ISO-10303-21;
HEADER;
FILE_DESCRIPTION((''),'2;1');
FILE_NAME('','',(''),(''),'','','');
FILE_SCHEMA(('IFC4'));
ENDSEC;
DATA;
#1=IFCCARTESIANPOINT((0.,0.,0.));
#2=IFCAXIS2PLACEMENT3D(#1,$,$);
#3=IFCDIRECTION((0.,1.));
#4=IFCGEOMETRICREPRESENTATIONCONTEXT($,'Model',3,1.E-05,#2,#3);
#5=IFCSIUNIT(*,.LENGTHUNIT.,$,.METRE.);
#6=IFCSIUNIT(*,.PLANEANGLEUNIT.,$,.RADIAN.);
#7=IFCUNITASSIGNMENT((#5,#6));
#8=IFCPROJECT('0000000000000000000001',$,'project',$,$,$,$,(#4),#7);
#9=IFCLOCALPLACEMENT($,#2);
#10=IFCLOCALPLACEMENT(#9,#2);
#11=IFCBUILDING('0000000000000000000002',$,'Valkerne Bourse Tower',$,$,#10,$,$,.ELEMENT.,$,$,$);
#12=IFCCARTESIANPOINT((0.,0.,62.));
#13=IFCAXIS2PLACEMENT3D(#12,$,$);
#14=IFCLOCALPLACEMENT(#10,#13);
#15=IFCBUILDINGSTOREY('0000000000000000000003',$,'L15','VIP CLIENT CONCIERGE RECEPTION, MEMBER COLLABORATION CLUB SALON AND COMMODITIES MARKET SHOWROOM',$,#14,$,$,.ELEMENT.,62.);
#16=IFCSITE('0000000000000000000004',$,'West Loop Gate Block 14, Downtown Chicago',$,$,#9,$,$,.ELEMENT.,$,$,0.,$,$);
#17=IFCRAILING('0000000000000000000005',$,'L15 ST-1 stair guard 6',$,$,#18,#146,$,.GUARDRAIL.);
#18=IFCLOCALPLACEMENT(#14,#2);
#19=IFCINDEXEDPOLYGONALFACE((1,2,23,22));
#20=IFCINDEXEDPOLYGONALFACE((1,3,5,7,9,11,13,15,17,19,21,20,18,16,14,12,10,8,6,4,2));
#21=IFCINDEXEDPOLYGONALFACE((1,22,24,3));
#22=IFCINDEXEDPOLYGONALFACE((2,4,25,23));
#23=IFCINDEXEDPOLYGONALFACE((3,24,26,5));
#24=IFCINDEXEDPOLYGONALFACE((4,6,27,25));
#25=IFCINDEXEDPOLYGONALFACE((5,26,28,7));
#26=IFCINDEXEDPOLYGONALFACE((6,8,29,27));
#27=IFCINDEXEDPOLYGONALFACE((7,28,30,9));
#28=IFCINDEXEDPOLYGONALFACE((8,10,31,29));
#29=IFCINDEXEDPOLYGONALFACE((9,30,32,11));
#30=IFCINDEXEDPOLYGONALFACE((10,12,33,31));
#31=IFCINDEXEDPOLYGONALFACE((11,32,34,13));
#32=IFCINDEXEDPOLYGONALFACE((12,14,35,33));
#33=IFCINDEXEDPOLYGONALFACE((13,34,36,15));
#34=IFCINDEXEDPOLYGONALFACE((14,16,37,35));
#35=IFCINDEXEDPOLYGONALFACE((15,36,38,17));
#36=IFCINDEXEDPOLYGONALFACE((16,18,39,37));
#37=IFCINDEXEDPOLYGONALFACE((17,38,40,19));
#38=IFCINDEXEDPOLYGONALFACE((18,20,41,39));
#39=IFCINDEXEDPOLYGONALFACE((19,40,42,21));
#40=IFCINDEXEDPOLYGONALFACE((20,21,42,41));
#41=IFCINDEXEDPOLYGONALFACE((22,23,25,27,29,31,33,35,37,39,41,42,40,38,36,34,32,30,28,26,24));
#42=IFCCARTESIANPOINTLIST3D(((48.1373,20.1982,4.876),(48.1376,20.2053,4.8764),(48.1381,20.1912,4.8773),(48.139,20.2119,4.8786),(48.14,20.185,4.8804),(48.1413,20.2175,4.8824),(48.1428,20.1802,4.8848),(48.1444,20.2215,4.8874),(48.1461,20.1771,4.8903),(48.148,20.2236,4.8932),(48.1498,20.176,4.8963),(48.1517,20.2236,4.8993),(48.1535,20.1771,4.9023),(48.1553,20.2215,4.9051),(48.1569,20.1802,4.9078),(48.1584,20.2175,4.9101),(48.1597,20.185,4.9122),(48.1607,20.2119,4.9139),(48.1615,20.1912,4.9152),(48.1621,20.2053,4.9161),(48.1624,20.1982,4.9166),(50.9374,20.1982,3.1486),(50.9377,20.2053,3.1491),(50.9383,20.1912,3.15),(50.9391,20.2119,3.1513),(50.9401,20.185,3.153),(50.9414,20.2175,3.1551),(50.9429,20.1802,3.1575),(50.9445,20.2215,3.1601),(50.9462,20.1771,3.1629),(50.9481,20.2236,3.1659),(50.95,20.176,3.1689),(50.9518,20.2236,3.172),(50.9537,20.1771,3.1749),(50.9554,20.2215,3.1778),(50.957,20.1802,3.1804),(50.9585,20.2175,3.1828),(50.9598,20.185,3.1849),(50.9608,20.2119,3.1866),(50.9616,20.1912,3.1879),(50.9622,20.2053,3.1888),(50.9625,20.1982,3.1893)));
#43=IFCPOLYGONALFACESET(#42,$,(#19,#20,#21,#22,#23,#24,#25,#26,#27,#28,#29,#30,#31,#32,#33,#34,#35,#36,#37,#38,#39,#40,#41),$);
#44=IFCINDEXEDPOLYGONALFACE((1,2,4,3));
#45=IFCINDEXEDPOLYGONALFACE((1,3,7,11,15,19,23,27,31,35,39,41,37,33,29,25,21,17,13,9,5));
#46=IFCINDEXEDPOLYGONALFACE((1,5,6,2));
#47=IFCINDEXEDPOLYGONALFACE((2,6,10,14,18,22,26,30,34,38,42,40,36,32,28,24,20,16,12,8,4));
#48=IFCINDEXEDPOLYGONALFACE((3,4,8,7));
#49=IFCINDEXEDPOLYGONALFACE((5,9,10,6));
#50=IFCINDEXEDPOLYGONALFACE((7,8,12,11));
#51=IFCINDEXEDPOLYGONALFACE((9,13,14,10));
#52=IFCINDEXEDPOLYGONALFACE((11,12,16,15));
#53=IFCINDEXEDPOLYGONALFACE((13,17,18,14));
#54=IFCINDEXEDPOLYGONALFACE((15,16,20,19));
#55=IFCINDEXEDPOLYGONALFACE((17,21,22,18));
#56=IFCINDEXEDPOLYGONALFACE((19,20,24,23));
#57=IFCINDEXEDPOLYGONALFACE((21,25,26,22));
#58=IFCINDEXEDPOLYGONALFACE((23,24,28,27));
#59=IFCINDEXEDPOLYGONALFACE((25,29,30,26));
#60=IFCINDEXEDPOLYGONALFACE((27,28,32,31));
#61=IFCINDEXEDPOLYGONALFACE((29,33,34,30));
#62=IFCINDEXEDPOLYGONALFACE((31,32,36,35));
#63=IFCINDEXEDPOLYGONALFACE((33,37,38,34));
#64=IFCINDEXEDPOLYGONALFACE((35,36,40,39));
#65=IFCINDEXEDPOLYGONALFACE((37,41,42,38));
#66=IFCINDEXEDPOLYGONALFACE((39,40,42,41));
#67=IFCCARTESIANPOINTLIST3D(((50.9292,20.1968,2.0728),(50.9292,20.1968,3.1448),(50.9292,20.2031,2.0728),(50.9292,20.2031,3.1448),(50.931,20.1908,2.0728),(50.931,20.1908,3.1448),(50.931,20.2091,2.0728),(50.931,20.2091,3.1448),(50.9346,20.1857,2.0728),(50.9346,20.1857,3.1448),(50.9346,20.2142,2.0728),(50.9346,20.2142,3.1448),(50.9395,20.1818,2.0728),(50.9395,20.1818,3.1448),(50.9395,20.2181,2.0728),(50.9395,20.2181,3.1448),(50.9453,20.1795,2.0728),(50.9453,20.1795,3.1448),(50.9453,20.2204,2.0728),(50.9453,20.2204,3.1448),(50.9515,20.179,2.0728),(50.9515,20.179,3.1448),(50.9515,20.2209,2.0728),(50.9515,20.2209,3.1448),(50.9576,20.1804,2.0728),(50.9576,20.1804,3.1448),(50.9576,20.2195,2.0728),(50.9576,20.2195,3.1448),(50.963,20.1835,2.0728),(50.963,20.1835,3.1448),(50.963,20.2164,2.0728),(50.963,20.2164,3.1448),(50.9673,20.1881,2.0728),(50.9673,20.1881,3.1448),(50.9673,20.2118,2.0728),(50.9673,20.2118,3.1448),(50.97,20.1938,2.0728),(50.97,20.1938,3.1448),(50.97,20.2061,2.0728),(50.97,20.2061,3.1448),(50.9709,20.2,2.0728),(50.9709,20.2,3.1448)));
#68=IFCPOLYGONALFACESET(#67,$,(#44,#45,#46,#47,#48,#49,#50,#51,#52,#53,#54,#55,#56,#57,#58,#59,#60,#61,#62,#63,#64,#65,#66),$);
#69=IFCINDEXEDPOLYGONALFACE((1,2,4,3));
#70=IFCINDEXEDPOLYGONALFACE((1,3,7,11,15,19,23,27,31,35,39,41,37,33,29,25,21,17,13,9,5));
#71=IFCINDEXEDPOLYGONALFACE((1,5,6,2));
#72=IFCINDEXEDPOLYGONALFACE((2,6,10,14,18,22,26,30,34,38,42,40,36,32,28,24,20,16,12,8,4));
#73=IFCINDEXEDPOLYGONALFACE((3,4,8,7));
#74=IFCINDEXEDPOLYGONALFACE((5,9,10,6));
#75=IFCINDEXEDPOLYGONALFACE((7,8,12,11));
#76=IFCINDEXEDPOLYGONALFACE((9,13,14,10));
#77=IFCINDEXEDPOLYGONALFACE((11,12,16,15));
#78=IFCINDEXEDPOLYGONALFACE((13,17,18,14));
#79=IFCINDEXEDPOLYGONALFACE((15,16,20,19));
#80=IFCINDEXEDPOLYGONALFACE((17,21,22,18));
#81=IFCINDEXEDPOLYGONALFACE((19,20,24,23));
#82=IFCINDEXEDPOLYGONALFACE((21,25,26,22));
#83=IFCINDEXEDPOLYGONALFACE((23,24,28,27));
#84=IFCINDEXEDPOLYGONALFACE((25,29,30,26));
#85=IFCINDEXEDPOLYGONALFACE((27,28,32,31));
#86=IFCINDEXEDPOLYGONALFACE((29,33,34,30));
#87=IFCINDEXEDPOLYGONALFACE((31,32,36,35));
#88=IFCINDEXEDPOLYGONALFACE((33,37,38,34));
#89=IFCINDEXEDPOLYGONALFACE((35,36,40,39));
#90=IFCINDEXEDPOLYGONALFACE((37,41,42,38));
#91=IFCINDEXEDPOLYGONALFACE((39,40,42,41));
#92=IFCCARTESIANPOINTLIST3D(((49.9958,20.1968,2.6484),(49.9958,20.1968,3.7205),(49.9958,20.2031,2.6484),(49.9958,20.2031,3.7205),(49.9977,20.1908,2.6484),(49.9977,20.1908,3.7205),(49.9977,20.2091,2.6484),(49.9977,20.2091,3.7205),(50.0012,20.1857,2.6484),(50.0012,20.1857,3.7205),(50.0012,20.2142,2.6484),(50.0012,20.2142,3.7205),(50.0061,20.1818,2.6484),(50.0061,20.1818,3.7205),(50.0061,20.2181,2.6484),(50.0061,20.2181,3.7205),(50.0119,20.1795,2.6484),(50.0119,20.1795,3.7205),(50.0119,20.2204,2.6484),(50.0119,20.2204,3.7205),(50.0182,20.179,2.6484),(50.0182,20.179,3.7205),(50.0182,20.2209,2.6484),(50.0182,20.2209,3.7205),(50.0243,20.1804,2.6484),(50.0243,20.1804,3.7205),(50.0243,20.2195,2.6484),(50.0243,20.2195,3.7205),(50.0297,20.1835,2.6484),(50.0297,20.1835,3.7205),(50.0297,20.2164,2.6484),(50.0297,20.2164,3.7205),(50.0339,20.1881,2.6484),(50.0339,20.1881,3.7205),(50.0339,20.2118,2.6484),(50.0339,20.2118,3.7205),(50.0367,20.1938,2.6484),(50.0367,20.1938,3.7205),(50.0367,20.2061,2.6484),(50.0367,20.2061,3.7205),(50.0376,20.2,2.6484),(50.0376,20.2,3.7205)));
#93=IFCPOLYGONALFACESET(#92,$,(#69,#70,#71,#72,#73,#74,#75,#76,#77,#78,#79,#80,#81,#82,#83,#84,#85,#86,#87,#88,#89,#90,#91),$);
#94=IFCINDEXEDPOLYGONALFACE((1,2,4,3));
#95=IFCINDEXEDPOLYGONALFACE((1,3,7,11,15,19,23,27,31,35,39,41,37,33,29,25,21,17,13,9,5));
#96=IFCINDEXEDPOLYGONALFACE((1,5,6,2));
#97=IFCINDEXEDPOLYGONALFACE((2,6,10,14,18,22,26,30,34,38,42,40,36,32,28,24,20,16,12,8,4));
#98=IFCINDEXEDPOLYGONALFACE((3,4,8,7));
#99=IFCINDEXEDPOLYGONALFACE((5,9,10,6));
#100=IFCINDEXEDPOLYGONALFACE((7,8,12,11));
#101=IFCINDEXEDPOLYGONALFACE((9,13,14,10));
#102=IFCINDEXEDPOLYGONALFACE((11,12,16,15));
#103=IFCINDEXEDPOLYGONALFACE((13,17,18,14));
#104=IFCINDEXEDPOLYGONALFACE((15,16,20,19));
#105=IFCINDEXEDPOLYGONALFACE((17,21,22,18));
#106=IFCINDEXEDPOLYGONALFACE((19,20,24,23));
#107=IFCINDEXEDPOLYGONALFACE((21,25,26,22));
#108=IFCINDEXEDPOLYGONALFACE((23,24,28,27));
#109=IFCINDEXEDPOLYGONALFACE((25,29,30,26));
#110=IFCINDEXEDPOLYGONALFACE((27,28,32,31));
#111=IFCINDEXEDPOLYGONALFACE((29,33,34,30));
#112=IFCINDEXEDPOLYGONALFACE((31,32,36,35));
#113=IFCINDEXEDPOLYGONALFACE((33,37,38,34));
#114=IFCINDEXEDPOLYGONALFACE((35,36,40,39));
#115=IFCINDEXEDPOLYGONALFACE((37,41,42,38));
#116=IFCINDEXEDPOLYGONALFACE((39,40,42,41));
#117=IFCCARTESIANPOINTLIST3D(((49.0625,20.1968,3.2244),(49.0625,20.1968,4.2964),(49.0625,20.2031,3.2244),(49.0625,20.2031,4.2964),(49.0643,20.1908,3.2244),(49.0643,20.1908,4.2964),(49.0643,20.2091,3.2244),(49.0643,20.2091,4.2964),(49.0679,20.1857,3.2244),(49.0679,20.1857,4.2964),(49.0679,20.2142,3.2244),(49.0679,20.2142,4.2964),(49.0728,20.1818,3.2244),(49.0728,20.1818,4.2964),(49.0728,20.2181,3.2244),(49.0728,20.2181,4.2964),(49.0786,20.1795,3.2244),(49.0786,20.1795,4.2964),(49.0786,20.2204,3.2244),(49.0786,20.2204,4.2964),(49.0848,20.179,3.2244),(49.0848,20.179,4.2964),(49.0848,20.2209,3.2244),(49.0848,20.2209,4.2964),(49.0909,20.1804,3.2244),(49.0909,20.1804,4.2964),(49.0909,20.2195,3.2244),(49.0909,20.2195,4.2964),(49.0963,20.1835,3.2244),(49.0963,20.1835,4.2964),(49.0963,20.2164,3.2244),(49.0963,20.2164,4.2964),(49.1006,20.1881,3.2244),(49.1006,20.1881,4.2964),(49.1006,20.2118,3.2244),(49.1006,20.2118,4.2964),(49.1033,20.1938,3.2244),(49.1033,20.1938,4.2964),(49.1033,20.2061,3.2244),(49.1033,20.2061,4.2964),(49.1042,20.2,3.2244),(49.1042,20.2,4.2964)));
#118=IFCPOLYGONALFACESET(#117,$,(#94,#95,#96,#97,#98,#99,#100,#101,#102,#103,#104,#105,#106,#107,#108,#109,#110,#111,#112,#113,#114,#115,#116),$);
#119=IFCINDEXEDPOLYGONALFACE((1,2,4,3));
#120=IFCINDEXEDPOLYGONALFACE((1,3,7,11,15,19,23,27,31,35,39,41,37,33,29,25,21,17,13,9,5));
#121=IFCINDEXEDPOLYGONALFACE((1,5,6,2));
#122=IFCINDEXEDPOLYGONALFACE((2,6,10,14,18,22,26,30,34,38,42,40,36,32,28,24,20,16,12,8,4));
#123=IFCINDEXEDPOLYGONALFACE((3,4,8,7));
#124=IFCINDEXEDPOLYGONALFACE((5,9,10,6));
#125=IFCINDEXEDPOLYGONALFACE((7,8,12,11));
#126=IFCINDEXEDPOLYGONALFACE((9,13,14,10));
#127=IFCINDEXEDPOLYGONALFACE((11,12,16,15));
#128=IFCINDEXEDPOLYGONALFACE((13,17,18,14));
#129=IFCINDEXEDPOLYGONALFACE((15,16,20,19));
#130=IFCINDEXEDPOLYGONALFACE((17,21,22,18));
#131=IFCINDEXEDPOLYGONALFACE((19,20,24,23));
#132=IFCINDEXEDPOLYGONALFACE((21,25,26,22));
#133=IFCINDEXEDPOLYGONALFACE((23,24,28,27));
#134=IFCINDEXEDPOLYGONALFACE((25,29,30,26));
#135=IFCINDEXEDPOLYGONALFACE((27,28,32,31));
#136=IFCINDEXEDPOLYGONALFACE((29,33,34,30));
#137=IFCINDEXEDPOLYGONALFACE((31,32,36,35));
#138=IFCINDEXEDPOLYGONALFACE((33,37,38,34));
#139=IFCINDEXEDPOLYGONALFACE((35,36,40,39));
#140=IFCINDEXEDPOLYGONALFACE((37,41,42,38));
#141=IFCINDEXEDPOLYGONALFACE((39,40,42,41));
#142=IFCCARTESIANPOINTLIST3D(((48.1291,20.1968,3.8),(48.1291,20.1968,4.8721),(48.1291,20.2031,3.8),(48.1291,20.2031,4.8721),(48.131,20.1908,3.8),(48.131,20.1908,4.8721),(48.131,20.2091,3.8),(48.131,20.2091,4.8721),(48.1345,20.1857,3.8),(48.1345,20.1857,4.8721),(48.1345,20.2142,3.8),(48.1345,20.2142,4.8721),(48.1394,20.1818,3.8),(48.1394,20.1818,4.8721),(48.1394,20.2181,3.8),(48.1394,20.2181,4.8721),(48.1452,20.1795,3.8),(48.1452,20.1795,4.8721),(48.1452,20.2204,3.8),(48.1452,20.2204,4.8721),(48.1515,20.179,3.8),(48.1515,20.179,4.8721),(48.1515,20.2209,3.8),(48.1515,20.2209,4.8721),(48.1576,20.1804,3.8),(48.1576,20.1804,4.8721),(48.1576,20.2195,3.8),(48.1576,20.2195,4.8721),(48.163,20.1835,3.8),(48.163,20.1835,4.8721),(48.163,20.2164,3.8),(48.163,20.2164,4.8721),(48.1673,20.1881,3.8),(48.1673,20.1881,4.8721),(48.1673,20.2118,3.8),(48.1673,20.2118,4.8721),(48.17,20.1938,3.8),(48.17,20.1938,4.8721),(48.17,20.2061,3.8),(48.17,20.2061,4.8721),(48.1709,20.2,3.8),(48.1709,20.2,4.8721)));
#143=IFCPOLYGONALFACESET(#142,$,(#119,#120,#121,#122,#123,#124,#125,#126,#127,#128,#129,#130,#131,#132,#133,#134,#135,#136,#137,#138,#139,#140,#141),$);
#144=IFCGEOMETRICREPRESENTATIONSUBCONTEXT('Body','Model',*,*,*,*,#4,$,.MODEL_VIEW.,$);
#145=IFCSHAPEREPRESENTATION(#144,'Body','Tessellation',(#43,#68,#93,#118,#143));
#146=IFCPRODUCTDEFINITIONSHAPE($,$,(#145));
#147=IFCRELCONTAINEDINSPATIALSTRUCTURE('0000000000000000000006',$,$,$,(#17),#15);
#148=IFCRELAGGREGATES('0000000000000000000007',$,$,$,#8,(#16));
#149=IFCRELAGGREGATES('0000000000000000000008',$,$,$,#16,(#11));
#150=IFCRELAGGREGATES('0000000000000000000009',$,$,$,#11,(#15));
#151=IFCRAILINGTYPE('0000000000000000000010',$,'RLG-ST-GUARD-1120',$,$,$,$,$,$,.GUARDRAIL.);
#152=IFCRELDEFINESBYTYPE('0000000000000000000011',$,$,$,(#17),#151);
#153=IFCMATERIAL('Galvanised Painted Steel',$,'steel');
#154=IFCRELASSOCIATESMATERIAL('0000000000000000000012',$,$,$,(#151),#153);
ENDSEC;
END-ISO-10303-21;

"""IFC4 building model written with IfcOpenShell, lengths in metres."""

from ifc_helpers import new_model, si_unit, direction, frame, origin, origin_2d, place, context, subcontext, project, spatial, circle, extrude, material, type_object, element, save


model = new_model("IFC4")

# Units and contexts
model_context = context("Model", 3, precision=1e-05, world=origin(), true_north=direction((0.0, 1.0)))
body_context = subcontext(model_context, "Body", "Model", "MODEL_VIEW")
ifc_project = project(units=[si_unit("LENGTHUNIT", "METRE"), si_unit("PLANEANGLEUNIT", "RADIAN")], contexts=[model_context])

# Site, building, storey
site_placement = place(None, origin())
site = spatial("IfcSite", under=ifc_project, at=site_placement, Name="West Loop Gate Block 14, Downtown Chicago", CompositionType="ELEMENT", RefElevation=0.0)
building_placement = place(site_placement, origin())
building = spatial("IfcBuilding", under=site, at=building_placement, Name="Valkerne Bourse Tower", CompositionType="ELEMENT")
storey_placement = place(building_placement, frame((0.0, 0.0, 62.0)))
storey = spatial("IfcBuildingStorey", under=building, at=storey_placement, Name="L15", Description="VIP CLIENT CONCIERGE RECEPTION, MEMBER COLLABORATION CLUB SALON AND COMMODITIES MARKET SHOWROOM", CompositionType="ELEMENT", Elevation=62.0)

# Shared definitions
ifc_material_1 = material(Name="Galvanised Painted Steel", Category="steel")

# Railing
railing_type_1 = type_object("IfcRailingType", Name="RLG-ST-GUARD-1120", PredefinedType="GUARDRAIL", material=ifc_material_1)
railing_1_placement = place(storey_placement, frame((50.95, 20.2, 2.0728)))
element("IfcRailing", 1, at=railing_1_placement, inside=storey, type_object=railing_type_1, Name="L15 ST-1 stair guard 6", PredefinedType="GUARDRAIL", context=body_context, shape_type="SweptSolid", body=[
    extrude(circle(Radius=0.0239, at=origin_2d()), frame((0.0, 0.0, 1.0962), z_axis=(-0.85109, 0.0, 0.52502), x_axis=(0.0, -1.0, 0.0)), (0.0, 0.0, 1.0), 3.29),
    extrude(circle(Radius=0.021, at=origin_2d()), origin(), (0.0, 0.0, 1.0), 1.072),
    extrude(circle(Radius=0.021, at=origin_2d()), frame((-0.9333, 0.0, 0.5757)), (0.0, 0.0, 1.0), 1.072),
    extrude(circle(Radius=0.021, at=origin_2d()), frame((-1.8667, 0.0, 1.1516)), (0.0, 0.0, 1.0), 1.072),
    extrude(circle(Radius=0.021, at=origin_2d()), frame((-2.8, 0.0, 1.7273)), (0.0, 0.0, 1.0), 1.072),
])

save(model, "model.ifc")
